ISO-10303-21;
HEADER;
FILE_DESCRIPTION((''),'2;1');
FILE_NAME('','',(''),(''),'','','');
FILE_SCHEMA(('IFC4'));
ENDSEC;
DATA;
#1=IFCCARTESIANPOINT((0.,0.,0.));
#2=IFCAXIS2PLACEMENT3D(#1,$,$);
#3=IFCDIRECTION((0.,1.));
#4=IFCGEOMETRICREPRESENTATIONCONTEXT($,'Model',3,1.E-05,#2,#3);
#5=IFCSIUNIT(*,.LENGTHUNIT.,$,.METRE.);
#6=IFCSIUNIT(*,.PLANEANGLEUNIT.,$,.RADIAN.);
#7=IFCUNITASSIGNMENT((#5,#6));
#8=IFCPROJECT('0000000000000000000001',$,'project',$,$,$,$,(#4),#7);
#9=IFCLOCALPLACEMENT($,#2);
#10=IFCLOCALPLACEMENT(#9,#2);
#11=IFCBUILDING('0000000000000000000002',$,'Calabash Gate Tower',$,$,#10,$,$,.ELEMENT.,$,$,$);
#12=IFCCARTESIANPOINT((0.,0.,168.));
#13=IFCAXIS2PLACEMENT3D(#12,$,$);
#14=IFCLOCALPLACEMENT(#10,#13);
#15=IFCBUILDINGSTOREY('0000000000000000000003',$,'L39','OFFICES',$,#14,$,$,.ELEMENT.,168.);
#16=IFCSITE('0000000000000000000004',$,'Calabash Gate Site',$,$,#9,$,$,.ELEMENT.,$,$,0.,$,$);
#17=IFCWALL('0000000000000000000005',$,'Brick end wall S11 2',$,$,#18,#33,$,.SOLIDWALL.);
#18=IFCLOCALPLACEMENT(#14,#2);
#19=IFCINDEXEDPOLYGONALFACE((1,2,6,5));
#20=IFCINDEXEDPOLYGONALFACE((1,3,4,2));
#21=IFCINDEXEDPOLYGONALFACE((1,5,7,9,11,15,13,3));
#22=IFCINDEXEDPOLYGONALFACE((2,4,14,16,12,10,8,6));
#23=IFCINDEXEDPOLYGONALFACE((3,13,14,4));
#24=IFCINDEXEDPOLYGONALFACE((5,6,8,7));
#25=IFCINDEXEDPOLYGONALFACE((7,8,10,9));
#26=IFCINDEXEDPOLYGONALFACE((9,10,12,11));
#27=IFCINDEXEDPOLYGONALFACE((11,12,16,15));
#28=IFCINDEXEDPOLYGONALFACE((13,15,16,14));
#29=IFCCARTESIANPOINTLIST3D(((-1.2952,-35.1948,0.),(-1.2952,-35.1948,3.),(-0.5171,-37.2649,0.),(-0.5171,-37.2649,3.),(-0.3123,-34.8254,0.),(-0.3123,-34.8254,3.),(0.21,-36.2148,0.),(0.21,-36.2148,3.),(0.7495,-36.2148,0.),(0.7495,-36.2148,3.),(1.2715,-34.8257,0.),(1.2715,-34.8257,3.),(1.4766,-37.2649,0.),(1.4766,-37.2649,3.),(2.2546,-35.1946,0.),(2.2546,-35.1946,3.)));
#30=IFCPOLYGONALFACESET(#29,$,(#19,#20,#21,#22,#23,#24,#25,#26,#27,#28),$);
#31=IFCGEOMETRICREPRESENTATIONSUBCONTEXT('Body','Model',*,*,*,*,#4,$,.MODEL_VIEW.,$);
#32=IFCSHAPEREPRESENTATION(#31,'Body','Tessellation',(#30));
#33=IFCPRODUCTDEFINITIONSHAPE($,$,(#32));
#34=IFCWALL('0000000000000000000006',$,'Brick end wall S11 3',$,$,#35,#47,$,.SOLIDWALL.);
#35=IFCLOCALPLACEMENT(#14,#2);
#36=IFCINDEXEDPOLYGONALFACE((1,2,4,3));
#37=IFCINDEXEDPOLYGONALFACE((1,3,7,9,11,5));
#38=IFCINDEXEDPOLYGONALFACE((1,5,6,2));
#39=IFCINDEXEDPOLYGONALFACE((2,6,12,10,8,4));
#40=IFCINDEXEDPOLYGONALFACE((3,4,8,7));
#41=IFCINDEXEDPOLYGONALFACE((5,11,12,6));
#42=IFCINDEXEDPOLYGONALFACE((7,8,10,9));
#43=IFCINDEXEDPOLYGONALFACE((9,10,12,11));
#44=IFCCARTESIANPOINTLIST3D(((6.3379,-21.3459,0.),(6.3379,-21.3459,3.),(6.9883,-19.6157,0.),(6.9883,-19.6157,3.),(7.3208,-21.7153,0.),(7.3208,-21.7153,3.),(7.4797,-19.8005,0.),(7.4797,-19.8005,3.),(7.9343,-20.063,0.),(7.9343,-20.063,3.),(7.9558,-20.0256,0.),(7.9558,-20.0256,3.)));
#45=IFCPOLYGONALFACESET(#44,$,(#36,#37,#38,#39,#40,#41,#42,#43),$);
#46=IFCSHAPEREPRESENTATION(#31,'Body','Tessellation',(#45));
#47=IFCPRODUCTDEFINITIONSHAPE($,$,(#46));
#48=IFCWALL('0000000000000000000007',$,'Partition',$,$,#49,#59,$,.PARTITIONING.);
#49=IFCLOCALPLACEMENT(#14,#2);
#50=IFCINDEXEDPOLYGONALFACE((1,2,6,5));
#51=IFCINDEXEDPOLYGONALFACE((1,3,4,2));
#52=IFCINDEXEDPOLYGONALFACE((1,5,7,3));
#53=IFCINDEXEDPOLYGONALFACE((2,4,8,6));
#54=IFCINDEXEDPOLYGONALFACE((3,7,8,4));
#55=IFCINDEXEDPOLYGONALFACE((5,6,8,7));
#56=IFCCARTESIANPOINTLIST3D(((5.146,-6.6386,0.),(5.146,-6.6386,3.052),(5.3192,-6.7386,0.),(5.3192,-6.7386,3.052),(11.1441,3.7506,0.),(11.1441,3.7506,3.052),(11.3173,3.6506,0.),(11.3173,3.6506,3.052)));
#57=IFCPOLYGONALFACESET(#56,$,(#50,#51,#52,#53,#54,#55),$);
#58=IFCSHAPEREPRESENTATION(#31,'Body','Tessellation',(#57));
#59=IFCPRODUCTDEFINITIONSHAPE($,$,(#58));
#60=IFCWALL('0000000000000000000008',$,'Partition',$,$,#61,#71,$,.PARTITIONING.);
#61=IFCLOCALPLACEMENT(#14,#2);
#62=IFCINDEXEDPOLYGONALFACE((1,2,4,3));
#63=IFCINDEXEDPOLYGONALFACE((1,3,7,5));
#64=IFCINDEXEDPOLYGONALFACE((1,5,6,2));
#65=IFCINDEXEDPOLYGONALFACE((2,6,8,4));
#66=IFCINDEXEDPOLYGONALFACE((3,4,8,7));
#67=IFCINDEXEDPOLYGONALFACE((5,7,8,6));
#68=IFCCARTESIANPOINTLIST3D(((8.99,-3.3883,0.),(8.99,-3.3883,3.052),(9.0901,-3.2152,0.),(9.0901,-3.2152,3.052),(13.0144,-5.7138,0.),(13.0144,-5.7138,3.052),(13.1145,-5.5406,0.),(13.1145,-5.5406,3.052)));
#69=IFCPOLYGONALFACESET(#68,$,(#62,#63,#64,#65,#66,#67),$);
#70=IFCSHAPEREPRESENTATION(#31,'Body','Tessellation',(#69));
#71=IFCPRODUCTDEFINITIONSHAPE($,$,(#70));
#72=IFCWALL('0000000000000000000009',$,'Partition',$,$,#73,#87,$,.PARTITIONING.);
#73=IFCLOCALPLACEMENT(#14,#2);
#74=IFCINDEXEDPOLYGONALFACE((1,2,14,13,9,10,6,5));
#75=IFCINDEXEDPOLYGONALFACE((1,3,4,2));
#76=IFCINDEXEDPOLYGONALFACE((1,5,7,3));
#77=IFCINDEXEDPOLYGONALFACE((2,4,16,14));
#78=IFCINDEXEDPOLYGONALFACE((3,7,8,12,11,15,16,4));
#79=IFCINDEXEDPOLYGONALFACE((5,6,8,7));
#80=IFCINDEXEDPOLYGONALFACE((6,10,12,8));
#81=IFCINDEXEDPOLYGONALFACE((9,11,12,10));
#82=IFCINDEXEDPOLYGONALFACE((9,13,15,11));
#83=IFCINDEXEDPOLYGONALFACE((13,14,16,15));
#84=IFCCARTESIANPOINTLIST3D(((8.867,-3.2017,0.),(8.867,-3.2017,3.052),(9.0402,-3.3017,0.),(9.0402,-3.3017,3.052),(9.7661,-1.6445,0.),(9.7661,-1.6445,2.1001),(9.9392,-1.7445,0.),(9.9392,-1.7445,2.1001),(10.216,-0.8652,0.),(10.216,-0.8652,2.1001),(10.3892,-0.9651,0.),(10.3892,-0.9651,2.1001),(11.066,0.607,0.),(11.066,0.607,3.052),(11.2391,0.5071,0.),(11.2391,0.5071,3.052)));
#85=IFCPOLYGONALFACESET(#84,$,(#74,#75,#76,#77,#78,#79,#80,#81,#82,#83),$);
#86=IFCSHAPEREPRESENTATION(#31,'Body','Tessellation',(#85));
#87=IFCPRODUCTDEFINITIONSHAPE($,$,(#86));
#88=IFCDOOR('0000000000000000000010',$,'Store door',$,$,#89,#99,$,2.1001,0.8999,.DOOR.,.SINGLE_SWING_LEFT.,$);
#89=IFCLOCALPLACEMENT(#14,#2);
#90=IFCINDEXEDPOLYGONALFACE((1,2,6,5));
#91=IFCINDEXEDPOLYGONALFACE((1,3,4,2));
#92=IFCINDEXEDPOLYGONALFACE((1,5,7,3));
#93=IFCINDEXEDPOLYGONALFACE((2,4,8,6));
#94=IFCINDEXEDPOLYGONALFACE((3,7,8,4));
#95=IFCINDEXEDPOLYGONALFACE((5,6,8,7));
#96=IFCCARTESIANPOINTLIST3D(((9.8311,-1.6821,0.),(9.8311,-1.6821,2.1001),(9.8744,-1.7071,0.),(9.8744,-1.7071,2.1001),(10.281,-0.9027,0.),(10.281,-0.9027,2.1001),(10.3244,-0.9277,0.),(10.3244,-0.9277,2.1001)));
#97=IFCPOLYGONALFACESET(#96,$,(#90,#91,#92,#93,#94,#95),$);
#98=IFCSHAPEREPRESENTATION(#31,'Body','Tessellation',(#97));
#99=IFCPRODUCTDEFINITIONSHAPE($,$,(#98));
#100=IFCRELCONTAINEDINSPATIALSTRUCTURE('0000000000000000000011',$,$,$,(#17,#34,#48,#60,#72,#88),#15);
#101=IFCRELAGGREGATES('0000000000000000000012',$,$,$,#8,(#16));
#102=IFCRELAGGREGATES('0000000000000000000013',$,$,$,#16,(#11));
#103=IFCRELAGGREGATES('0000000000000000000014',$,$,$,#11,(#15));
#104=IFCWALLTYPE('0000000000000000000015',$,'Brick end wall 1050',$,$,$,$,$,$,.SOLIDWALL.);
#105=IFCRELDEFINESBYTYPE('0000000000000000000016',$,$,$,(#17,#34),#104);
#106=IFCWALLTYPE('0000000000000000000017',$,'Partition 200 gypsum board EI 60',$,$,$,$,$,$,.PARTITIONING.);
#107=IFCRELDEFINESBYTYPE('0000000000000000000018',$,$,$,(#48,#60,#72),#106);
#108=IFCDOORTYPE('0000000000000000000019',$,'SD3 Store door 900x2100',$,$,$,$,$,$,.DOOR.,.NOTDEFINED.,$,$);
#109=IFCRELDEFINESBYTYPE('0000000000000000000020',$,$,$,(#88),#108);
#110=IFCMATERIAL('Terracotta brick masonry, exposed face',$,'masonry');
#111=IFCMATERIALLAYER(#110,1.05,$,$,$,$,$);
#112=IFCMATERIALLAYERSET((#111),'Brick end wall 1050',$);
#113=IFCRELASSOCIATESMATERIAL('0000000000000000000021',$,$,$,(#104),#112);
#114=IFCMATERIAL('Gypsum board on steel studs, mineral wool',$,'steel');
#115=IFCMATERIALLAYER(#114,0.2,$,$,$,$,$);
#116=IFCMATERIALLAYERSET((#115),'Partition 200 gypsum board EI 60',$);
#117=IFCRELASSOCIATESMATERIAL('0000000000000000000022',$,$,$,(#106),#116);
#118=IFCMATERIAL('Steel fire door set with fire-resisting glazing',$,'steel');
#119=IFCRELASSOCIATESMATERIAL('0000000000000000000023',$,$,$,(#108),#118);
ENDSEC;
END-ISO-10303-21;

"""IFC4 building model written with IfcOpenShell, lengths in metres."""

from ifc_helpers import new_model, si_unit, direction, frame, frame_2d, origin, place, context, subcontext, project, spatial, polyline, rectangle, outline, extrude, material, layer, layer_set, type_object, element, fill, save


model = new_model("IFC4")

# Units and contexts
model_context = context("Model", 3, precision=1e-05, world=origin(), true_north=direction((0.0, 1.0)))
body_context = subcontext(model_context, "Body", "Model", "MODEL_VIEW")
ifc_project = project(units=[si_unit("LENGTHUNIT", "METRE"), si_unit("PLANEANGLEUNIT", "RADIAN")], contexts=[model_context])

# Site, building, storey
site_placement = place(None, origin())
site = spatial("IfcSite", under=ifc_project, at=site_placement, Name="Calabash Gate Site", CompositionType="ELEMENT", RefElevation=0.0)
building_placement = place(site_placement, origin())
building = spatial("IfcBuilding", under=site, at=building_placement, Name="Calabash Gate Tower", CompositionType="ELEMENT")
storey_placement = place(building_placement, frame((0.0, 0.0, 168.0)))
storey = spatial("IfcBuildingStorey", under=building, at=storey_placement, Name="L39", Description="OFFICES", CompositionType="ELEMENT", Elevation=168.0)

# Walls
ifc_material_1 = material(Name="Terracotta brick masonry, exposed face", Category="masonry")
ifc_layer_1 = layer(ifc_material_1, 1.05)
ifc_layer_set_1 = layer_set([ifc_layer_1], Name="Brick end wall 1050")
wall_type_1 = type_object("IfcWallType", Name="Brick end wall 1050", PredefinedType="SOLIDWALL", material=ifc_layer_set_1)
wall_1_placement = place(storey_placement, origin())
element("IfcWall", 1, at=wall_1_placement, inside=storey, type_object=wall_type_1, Name="Brick end wall S11 2", PredefinedType="SOLIDWALL", context=body_context, shape_type="SweptSolid", body=[
    extrude(outline(polyline([(-1.2952, -35.1948), (-0.5171, -37.2649), (1.4766, -37.2649), (2.2546, -35.1946), (1.2715, -34.8257), (0.7495, -36.2148), (0.21, -36.2148), (-0.3123, -34.8254), (-1.2952, -35.1948)])), origin(), (0.0, 0.0, 1.0), 3.0),
])
wall_2_placement = place(storey_placement, origin())
element("IfcWall", 2, at=wall_2_placement, inside=storey, type_object=wall_type_1, Name="Brick end wall S11 3", PredefinedType="SOLIDWALL", context=body_context, shape_type="SweptSolid", body=[
    extrude(outline(polyline([(6.9883, -19.6157), (6.3379, -21.3459), (7.3208, -21.7153), (7.9558, -20.0256), (7.9343, -20.063), (7.4797, -19.8005), (6.9883, -19.6157)])), origin(), (0.0, 0.0, 1.0), 3.0),
])
ifc_material_2 = material(Name="Gypsum board on steel studs, mineral wool", Category="steel")
ifc_layer_2 = layer(ifc_material_2, 0.2)
ifc_layer_set_2 = layer_set([ifc_layer_2], Name="Partition 200 gypsum board EI 60")
wall_type_2 = type_object("IfcWallType", Name="Partition 200 gypsum board EI 60", PredefinedType="PARTITIONING", material=ifc_layer_set_2)
wall_3_placement = place(storey_placement, frame((5.2327, -6.6885, 0.0), z_axis=(0.0, 0.0, 1.0), x_axis=(0.499991, 0.86603, 0.0)))
element("IfcWall", 3, at=wall_3_placement, inside=storey, type_object=wall_type_2, Name="Partition", PredefinedType="PARTITIONING", context=body_context, shape_type="SweptSolid", body=[
    extrude(rectangle(XDim=11.9963, YDim=0.2, at=frame_2d((5.998, 0.0))), origin(), (0.0, 0.0, 1.0), 3.052),
])
wall_4_placement = place(storey_placement, frame((9.04, -3.3018, 0.0), z_axis=(0.0, 0.0, 1.0), x_axis=(0.865844, -0.500313, 0.0)))
element("IfcWall", 4, at=wall_4_placement, inside=storey, type_object=wall_type_2, Name="Partition", PredefinedType="PARTITIONING", context=body_context, shape_type="SweptSolid", body=[
    extrude(rectangle(XDim=4.6479, YDim=0.2, at=frame_2d((2.324, 0.0))), origin(), (0.0, 0.0, 1.0), 3.052),
])

# Wall, opening, door
wall_5_placement = place(storey_placement, frame((8.9536, -3.2517, 0.0), z_axis=(0.0, 0.0, 1.0), x_axis=(0.49999, 0.866031, 0.0)))
wall_5 = element("IfcWall", 5, at=wall_5_placement, inside=storey, type_object=wall_type_2, Name="Partition", PredefinedType="PARTITIONING", context=body_context, shape_type="SweptSolid", body=[
    extrude(rectangle(XDim=4.3979, YDim=0.2, at=frame_2d((2.199, 0.0))), origin(), (0.0, 0.0, 1.0), 3.052),
])
opening_placement = place(wall_5_placement, frame((1.7981, 0.0, 0.0)))
opening = element("IfcOpeningElement", 6, at=opening_placement, cuts=wall_5, PredefinedType="OPENING", context=body_context, shape_type="SweptSolid", body=[
    extrude(rectangle(XDim=0.8999, YDim=2.1001, at=frame_2d((0.45, 1.05))), frame((0.0, 0.1099, 0.0), z_axis=(0.0, -1.0, 0.0), x_axis=(1.0, 0.0, 0.0)), (0.0, 0.0, 1.0), 0.22),
])
ifc_material_3 = material(Name="Steel fire door set with fire-resisting glazing", Category="steel")
door_type = type_object("IfcDoorType", Name="SD3 Store door 900x2100", OperationType="NOTDEFINED", PredefinedType="DOOR", material=ifc_material_3)
door_placement = place(opening_placement, origin())
door = element("IfcDoor", 7, at=door_placement, inside=storey, type_object=door_type, Name="Store door", OperationType="SINGLE_SWING_LEFT", OverallHeight=2.1001, OverallWidth=0.8999, PredefinedType="DOOR", context=body_context, shape_type="SweptSolid", body=[
    extrude(rectangle(XDim=0.8999, YDim=2.1001, at=frame_2d((0.45, 1.05))), frame((0.0, 0.0249, 0.0), z_axis=(0.0, -1.0, 0.0), x_axis=(1.0, 0.0, 0.0)), (0.0, 0.0, 1.0), 0.05),
])
fill(opening, door)

save(model, "model.ifc")
